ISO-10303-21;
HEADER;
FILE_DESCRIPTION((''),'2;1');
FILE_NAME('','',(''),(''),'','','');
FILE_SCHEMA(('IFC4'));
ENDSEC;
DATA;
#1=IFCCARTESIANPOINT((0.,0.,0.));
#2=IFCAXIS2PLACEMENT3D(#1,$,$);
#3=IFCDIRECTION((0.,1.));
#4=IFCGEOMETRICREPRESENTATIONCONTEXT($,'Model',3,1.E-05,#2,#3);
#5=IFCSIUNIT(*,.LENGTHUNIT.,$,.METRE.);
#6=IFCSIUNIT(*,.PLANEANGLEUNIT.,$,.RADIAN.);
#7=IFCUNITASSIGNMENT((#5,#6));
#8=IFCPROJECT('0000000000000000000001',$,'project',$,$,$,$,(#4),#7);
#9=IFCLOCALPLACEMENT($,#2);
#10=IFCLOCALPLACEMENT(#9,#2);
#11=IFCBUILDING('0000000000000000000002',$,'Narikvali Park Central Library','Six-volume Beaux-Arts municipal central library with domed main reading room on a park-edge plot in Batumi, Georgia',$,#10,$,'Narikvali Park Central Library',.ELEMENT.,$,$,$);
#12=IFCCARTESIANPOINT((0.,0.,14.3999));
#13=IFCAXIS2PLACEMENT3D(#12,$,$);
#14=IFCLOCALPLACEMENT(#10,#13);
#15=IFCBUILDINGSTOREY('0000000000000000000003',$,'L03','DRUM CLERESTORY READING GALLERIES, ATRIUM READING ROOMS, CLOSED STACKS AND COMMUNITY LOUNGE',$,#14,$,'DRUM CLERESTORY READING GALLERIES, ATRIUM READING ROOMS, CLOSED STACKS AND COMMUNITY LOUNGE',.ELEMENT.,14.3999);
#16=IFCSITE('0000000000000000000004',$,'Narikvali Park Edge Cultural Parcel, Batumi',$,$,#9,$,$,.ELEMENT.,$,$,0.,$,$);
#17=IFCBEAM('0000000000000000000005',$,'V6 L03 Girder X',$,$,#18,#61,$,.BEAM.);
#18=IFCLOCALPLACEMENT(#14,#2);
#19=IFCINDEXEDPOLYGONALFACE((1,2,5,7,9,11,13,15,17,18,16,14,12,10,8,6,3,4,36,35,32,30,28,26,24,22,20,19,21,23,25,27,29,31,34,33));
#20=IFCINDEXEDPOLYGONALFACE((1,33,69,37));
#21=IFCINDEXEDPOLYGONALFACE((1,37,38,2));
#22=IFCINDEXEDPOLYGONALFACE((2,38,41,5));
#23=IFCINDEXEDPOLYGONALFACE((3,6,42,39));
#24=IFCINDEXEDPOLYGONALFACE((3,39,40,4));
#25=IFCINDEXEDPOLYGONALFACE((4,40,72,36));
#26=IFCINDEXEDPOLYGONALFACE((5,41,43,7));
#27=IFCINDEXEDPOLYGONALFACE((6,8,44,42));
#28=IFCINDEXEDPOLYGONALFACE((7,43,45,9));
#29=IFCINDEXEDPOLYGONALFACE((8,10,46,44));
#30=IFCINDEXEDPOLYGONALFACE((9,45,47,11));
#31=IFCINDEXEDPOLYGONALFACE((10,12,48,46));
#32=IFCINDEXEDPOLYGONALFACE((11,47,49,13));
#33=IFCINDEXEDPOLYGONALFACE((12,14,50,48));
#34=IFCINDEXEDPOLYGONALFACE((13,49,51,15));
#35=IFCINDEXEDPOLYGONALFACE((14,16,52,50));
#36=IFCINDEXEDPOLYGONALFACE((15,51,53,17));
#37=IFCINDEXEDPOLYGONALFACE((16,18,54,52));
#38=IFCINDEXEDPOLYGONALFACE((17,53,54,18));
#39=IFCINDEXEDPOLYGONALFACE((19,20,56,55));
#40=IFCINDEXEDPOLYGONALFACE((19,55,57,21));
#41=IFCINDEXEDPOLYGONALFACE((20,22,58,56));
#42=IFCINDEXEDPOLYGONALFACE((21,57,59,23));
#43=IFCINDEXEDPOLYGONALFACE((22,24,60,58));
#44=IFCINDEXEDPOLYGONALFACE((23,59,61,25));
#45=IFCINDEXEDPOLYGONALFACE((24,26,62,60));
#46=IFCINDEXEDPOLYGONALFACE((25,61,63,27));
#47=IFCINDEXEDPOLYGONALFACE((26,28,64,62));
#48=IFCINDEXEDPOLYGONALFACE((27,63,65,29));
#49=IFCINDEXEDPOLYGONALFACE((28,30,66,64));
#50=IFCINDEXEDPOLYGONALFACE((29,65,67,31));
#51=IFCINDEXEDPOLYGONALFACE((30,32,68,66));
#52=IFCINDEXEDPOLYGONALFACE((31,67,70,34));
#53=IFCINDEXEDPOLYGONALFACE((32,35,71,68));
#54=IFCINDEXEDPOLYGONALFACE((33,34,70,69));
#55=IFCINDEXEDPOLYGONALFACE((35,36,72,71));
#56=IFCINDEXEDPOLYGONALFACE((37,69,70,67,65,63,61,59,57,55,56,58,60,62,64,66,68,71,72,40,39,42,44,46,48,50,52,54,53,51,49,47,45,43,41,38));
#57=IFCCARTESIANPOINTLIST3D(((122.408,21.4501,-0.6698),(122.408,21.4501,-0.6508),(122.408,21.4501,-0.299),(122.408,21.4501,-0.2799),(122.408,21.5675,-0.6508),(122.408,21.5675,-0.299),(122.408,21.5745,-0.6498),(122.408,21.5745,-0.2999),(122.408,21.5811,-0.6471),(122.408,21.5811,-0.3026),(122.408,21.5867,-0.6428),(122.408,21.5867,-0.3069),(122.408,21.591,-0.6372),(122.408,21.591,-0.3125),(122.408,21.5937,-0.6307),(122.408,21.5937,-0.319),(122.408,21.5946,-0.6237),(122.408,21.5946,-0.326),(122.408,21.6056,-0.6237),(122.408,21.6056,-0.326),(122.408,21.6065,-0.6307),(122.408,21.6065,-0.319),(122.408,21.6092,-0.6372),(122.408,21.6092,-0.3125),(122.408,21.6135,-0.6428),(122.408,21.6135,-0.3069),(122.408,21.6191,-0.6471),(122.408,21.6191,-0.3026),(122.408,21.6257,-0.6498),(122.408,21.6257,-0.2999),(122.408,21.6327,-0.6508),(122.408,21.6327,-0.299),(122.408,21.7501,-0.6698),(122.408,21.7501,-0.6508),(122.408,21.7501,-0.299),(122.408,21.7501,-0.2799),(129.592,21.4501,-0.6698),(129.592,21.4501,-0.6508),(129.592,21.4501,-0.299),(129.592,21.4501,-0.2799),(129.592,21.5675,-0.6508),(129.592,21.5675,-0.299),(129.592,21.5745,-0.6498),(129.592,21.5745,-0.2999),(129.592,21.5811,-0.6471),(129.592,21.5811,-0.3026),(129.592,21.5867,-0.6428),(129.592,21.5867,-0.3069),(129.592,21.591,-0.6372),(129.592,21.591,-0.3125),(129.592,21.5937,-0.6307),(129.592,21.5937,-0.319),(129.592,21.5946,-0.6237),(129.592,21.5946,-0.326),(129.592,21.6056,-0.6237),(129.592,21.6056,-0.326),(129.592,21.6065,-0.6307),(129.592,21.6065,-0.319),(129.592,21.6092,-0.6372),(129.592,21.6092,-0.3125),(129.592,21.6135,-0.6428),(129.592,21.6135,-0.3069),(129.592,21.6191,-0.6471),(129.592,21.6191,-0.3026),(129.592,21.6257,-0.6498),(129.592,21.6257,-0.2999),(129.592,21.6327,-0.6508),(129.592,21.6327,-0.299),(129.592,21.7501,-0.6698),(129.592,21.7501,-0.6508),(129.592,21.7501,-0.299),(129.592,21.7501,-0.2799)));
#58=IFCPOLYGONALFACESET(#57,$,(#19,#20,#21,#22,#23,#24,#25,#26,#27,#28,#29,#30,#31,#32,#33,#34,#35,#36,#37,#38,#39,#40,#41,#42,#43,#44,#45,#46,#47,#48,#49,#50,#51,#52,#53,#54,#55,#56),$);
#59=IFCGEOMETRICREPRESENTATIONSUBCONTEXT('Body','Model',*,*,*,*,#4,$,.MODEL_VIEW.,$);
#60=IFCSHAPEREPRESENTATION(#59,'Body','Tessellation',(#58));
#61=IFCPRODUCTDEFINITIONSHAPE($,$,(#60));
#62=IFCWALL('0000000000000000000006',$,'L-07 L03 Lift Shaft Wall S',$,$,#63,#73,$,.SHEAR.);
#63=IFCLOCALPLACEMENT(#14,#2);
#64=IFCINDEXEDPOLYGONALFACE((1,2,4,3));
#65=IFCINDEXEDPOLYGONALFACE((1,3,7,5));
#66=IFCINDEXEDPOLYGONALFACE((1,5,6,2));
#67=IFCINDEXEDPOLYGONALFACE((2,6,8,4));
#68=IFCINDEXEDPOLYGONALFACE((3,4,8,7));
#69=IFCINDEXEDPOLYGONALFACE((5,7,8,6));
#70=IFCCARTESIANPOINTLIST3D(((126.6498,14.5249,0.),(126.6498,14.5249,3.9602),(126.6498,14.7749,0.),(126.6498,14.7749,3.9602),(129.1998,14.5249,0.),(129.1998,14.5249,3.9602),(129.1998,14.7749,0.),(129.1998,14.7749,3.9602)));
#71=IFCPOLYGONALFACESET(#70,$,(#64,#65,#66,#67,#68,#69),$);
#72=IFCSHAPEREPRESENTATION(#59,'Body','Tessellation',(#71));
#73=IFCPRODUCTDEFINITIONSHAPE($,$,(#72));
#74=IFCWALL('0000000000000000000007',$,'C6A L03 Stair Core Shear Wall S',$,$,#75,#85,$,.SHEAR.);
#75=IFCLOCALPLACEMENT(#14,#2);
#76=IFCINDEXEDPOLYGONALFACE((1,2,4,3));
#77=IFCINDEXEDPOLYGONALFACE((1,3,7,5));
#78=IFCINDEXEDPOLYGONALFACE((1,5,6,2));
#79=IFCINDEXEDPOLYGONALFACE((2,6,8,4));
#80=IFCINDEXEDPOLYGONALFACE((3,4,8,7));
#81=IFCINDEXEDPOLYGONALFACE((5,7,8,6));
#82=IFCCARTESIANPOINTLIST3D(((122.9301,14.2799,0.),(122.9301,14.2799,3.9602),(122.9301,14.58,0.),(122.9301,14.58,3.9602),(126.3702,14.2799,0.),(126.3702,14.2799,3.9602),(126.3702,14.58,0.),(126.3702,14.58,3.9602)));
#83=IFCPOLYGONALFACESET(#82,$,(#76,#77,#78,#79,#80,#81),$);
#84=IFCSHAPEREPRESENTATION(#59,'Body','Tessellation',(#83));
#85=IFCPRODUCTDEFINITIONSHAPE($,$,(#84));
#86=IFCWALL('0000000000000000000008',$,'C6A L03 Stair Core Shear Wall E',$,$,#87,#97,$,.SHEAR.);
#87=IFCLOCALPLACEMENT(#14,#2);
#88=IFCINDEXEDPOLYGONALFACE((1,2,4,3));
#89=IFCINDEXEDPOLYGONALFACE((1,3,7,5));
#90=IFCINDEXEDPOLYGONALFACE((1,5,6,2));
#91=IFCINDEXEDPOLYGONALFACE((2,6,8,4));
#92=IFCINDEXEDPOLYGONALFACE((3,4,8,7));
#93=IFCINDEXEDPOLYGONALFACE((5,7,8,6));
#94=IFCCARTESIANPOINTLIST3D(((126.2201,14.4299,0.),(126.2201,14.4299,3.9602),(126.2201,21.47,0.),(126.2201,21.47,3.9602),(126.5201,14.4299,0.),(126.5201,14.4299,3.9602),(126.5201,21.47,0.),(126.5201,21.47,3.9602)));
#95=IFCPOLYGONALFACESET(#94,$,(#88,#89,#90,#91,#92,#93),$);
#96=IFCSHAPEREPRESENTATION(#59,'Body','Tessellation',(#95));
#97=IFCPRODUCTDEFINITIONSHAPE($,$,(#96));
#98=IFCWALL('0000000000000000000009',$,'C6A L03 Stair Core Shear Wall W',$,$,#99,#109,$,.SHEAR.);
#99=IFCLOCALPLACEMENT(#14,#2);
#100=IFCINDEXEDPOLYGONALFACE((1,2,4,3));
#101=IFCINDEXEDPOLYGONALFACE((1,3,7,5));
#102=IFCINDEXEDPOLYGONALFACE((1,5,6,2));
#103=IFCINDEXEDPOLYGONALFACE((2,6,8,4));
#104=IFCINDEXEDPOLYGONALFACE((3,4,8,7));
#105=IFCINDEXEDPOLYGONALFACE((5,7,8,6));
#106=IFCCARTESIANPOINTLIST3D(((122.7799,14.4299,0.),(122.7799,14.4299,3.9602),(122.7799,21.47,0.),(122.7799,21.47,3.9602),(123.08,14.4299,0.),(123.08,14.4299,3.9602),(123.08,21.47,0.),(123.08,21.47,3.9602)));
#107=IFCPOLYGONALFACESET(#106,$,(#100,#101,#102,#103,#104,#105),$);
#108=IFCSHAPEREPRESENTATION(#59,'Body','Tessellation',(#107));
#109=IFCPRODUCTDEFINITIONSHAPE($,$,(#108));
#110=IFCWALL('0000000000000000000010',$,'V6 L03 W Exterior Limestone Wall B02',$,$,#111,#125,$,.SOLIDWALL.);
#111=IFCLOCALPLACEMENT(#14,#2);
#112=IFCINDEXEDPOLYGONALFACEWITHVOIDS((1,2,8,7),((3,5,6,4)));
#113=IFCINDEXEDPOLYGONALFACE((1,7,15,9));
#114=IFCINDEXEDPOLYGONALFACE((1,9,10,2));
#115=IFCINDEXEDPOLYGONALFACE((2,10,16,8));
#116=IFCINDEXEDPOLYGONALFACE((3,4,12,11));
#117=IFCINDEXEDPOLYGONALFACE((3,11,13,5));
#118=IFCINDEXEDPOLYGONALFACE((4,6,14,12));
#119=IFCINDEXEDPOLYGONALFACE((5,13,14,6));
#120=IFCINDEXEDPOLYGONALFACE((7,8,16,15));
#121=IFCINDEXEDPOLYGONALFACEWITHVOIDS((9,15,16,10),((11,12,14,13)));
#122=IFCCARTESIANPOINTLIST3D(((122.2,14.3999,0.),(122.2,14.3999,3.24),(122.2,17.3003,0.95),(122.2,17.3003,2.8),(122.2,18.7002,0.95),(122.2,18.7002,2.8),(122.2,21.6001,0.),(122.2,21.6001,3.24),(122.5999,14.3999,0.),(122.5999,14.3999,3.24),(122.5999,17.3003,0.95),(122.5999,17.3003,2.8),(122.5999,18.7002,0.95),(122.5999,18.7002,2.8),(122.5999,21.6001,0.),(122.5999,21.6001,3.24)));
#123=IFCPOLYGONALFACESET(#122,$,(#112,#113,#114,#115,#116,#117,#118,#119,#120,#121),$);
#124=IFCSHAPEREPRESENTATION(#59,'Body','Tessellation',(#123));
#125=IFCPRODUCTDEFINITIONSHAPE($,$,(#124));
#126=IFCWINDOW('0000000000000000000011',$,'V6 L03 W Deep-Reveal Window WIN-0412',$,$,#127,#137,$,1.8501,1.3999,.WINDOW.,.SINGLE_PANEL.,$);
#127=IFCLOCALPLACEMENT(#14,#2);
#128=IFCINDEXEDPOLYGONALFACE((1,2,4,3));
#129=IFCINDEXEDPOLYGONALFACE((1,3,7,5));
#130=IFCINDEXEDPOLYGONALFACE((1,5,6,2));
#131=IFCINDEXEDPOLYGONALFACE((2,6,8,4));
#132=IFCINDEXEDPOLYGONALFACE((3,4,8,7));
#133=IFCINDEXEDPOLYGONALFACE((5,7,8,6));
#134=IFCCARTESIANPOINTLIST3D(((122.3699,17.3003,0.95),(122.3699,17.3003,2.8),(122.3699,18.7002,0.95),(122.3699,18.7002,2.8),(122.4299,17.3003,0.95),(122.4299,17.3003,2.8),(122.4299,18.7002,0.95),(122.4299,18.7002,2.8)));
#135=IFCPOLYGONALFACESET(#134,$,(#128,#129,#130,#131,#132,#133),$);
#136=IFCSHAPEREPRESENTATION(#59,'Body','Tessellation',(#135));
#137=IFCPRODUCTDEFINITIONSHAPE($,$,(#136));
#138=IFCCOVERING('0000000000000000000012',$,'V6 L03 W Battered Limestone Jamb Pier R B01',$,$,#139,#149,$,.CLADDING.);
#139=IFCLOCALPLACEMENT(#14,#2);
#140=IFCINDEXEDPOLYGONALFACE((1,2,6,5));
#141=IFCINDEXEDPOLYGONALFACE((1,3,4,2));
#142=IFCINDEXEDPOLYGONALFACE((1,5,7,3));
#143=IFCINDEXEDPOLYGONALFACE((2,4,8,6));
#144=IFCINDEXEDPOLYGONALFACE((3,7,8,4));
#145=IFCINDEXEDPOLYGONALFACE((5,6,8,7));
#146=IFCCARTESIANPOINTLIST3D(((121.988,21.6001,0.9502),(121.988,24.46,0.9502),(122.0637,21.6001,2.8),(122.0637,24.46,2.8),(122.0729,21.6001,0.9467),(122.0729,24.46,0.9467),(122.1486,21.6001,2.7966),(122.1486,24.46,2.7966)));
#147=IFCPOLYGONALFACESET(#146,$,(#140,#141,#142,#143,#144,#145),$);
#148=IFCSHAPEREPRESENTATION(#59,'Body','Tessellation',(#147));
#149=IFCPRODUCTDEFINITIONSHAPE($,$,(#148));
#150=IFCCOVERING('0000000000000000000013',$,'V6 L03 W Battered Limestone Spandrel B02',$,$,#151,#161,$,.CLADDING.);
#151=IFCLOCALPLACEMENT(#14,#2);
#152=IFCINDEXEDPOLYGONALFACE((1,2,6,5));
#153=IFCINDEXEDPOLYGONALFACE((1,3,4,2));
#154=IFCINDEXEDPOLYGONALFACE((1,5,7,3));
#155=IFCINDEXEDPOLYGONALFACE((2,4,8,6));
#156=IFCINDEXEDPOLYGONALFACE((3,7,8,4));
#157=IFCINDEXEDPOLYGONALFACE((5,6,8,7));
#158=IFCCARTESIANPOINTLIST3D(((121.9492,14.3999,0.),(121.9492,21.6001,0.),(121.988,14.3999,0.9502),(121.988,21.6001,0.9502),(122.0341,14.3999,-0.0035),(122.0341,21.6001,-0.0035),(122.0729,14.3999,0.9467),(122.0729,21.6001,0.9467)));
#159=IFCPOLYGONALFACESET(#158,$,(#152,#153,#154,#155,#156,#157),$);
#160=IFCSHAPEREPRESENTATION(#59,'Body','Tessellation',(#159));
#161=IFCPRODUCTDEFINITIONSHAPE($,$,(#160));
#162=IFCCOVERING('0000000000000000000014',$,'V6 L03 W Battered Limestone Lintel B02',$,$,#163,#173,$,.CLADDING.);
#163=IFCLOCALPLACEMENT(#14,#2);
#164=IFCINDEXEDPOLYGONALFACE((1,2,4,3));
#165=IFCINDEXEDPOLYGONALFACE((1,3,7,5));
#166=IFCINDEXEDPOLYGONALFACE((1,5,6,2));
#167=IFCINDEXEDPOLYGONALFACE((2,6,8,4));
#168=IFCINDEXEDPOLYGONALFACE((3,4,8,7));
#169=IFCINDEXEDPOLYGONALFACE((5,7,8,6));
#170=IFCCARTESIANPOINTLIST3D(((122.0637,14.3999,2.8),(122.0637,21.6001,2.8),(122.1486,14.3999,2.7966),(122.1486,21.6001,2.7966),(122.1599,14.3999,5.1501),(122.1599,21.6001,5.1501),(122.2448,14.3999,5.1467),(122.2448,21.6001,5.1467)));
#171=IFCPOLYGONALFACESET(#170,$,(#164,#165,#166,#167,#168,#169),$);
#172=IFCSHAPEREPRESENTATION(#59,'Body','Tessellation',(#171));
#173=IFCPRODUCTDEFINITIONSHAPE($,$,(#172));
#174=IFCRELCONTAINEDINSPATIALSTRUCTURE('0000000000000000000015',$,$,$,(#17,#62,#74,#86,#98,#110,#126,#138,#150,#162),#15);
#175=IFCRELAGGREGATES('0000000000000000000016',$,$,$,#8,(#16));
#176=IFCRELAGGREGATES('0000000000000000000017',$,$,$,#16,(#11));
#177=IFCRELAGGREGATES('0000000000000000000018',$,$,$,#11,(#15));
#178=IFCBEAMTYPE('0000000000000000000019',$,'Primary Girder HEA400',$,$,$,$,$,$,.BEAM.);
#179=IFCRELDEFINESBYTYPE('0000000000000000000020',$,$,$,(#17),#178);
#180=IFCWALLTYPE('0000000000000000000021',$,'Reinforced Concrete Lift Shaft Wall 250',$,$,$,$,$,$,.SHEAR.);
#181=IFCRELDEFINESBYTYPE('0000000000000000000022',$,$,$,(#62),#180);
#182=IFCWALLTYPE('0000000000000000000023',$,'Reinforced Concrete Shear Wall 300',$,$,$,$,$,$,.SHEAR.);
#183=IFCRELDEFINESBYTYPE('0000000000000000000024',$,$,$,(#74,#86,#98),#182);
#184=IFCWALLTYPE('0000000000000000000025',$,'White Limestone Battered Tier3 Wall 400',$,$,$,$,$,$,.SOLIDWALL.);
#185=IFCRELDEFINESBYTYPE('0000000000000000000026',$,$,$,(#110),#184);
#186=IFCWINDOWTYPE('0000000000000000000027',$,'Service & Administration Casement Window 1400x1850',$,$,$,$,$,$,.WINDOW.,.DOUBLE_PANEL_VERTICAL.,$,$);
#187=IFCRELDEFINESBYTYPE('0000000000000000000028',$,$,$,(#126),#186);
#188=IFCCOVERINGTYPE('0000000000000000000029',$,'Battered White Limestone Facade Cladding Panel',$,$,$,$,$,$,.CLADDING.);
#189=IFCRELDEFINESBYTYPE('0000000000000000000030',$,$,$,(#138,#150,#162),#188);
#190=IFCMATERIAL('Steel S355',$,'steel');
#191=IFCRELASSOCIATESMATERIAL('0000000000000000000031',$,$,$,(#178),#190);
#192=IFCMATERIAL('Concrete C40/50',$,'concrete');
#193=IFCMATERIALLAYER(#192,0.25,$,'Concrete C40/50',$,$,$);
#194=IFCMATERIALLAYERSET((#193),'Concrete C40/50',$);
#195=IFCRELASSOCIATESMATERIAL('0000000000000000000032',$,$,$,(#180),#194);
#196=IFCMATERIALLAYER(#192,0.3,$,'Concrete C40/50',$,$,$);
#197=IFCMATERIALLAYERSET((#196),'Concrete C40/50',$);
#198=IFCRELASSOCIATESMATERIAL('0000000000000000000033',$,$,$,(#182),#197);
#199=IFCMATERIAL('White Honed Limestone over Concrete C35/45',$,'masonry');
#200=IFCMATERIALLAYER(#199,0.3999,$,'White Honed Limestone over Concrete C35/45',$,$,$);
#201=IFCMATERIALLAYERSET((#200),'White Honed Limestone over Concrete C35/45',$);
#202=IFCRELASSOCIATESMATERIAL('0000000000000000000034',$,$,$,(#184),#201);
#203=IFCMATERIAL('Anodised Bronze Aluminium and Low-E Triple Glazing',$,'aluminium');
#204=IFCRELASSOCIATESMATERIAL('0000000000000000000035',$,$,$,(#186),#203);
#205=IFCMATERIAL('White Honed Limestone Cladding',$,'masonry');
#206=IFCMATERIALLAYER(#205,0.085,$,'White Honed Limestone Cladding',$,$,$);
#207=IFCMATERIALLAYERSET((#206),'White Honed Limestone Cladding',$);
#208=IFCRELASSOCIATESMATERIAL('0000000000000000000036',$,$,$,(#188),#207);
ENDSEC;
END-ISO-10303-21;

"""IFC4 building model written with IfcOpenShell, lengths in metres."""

from ifc_helpers import new_model, si_unit, direction, frame, frame_2d, origin, origin_2d, place, context, subcontext, project, spatial, polyline, rectangle, i_section, outline, extrude, material, layer, layer_set, material_profile, profile_set, type_object, element, fill, save


model = new_model("IFC4")

# Units and contexts
model_context = context("Model", 3, precision=1e-05, world=origin(), true_north=direction((0.0, 1.0)))
body_context = subcontext(model_context, "Body", "Model", "MODEL_VIEW")
ifc_project = project(units=[si_unit("LENGTHUNIT", "METRE"), si_unit("PLANEANGLEUNIT", "RADIAN")], contexts=[model_context])

# Site, building, storey
site_placement = place(None, origin())
site = spatial("IfcSite", under=ifc_project, at=site_placement, Name="Narikvali Park Edge Cultural Parcel, Batumi", CompositionType="ELEMENT", RefElevation=0.0)
building_placement = place(site_placement, origin())
building = spatial("IfcBuilding", under=site, at=building_placement, Name="Narikvali Park Central Library", Description="Six-volume Beaux-Arts municipal central library with domed main reading room on a park-edge plot in Batumi, Georgia", LongName="Narikvali Park Central Library", CompositionType="ELEMENT")
storey_placement = place(building_placement, frame((0.0, 0.0, 14.3999)))
storey = spatial("IfcBuildingStorey", under=building, at=storey_placement, Name="L03", Description="DRUM CLERESTORY READING GALLERIES, ATRIUM READING ROOMS, CLOSED STACKS AND COMMUNITY LOUNGE", LongName="DRUM CLERESTORY READING GALLERIES, ATRIUM READING ROOMS, CLOSED STACKS AND COMMUNITY LOUNGE", CompositionType="ELEMENT", Elevation=14.3999)

# Shared definitions
ifc_material_1 = material(Name="Steel S355", Category="steel")

# Beam
ifc_material_profile_1 = material_profile(ifc_material_1, i_section(OverallWidth=0.3, OverallDepth=0.3899, WebThickness=0.011, FlangeThickness=0.019, FilletRadius=0.0271, at=origin_2d()), Name="HEA 400")
ifc_profile_set_1 = profile_set([ifc_material_profile_1], Name="Steel S355")
beam_type_1 = type_object("IfcBeamType", Name="Primary Girder HEA400", PredefinedType="BEAM", material=ifc_profile_set_1)
beam_1_placement = place(storey_placement, frame((122.408, 21.6001, -0.4749), z_axis=(1.0, 0.0, 0.0), x_axis=(0.0, 1.0, 0.0)))
element("IfcBeam", 1, at=beam_1_placement, inside=storey, type_object=beam_type_1, Name="V6 L03 Girder X", PredefinedType="BEAM", context=body_context, shape_type="SweptSolid", body=[
    extrude(i_section(OverallWidth=0.3, OverallDepth=0.3899, WebThickness=0.011, FlangeThickness=0.019, FilletRadius=0.0271, at=origin_2d()), origin(), (0.0, 0.0, 1.0), 7.1841),
])

# Walls
ifc_material_2 = material(Name="Concrete C40/50", Category="concrete")
ifc_layer_1 = layer(ifc_material_2, 0.25, Name="Concrete C40/50")
ifc_layer_set_1 = layer_set([ifc_layer_1], Name="Concrete C40/50")
wall_type_1 = type_object("IfcWallType", Name="Reinforced Concrete Lift Shaft Wall 250", PredefinedType="SHEAR", material=ifc_layer_set_1)
wall_1_placement = place(storey_placement, frame((126.6499, 14.6499, 0.0), z_axis=(0.0, 0.0, 1.0), x_axis=(1.0, 0.0, 0.0)))
element("IfcWall", 2, at=wall_1_placement, inside=storey, type_object=wall_type_1, Name="L-07 L03 Lift Shaft Wall S", PredefinedType="SHEAR", context=body_context, shape_type="SweptSolid", body=[
    extrude(rectangle(XDim=2.55, YDim=0.25, at=frame_2d((1.2749, 0.0))), origin(), (0.0, 0.0, 1.0), 3.9602),
])
ifc_layer_2 = layer(ifc_material_2, 0.3, Name="Concrete C40/50")
ifc_layer_set_2 = layer_set([ifc_layer_2], Name="Concrete C40/50")
wall_type_2 = type_object("IfcWallType", Name="Reinforced Concrete Shear Wall 300", PredefinedType="SHEAR", material=ifc_layer_set_2)
wall_2_placement = place(storey_placement, frame((122.9299, 14.4299, 0.0), z_axis=(0.0, 0.0, 1.0), x_axis=(1.0, 0.0, 0.0)))
element("IfcWall", 3, at=wall_2_placement, inside=storey, type_object=wall_type_2, Name="C6A L03 Stair Core Shear Wall S", PredefinedType="SHEAR", context=body_context, shape_type="SweptSolid", body=[
    extrude(rectangle(XDim=3.4402, YDim=0.3, at=frame_2d((1.7202, 0.0))), origin(), (0.0, 0.0, 1.0), 3.9602),
])
wall_3_placement = place(storey_placement, frame((126.3701, 14.4299, 0.0), z_axis=(0.0, 0.0, 1.0), x_axis=(0.0, 1.0, 0.0)))
element("IfcWall", 4, at=wall_3_placement, inside=storey, type_object=wall_type_2, Name="C6A L03 Stair Core Shear Wall E", PredefinedType="SHEAR", context=body_context, shape_type="SweptSolid", body=[
    extrude(rectangle(XDim=7.04, YDim=0.3, at=frame_2d((3.52, 0.0))), origin(), (0.0, 0.0, 1.0), 3.9602),
])

# Wall
wall_4_placement = place(storey_placement, frame((122.9299, 21.47, 0.0), z_axis=(0.0, 0.0, 1.0), x_axis=(0.0, -1.0, 0.0)))
element("IfcWall", 5, at=wall_4_placement, inside=storey, type_object=wall_type_2, Name="C6A L03 Stair Core Shear Wall W", PredefinedType="SHEAR", context=body_context, shape_type="SweptSolid", body=[
    extrude(rectangle(XDim=7.04, YDim=0.3, at=frame_2d((3.52, 0.0))), origin(), (0.0, 0.0, 1.0), 3.9602),
])

# Wall, opening, window
ifc_material_3 = material(Name="White Honed Limestone over Concrete C35/45", Category="masonry")
ifc_layer_3 = layer(ifc_material_3, 0.3999, Name="White Honed Limestone over Concrete C35/45")
ifc_layer_set_3 = layer_set([ifc_layer_3], Name="White Honed Limestone over Concrete C35/45")
wall_type_3 = type_object("IfcWallType", Name="White Limestone Battered Tier3 Wall 400", PredefinedType="SOLIDWALL", material=ifc_layer_set_3)
wall_5_placement = place(storey_placement, frame((122.3999, 21.6001, 0.0), z_axis=(0.0, 0.0, 1.0), x_axis=(0.0, -1.0, 0.0)))
wall_5 = element("IfcWall", 6, at=wall_5_placement, inside=storey, type_object=wall_type_3, Name="V6 L03 W Exterior Limestone Wall B02", PredefinedType="SOLIDWALL", context=body_context, shape_type="SweptSolid", body=[
    extrude(rectangle(XDim=7.2002, YDim=0.3999, at=frame_2d((3.6001, 0.0))), origin(), (0.0, 0.0, 1.0), 3.24),
])
opening_1_placement = place(wall_5_placement, frame((2.8999, 0.0, 0.95)))
opening_1 = element("IfcOpeningElement", 7, at=opening_1_placement, cuts=wall_5, PredefinedType="OPENING", context=body_context, shape_type="SweptSolid", body=[
    extrude(rectangle(XDim=1.3999, YDim=1.8501, at=frame_2d((0.7, 0.925))), frame((0.0, 0.2119, 0.0), z_axis=(0.0, -1.0, 0.0), x_axis=(1.0, 0.0, 0.0)), (0.0, 0.0, 1.0), 0.4238),
])
ifc_material_4 = material(Name="Anodised Bronze Aluminium and Low-E Triple Glazing", Category="aluminium")
window_type = type_object("IfcWindowType", Name="Service & Administration Casement Window 1400x1850", PartitioningType="DOUBLE_PANEL_VERTICAL", PredefinedType="WINDOW", material=ifc_material_4)
window_placement = place(opening_1_placement, origin())
window = element("IfcWindow", 8, at=window_placement, inside=storey, type_object=window_type, Name="V6 L03 W Deep-Reveal Window WIN-0412", OverallHeight=1.8501, OverallWidth=1.3999, PartitioningType="SINGLE_PANEL", PredefinedType="WINDOW", context=body_context, shape_type="SweptSolid", body=[
    extrude(rectangle(XDim=1.3999, YDim=1.8501, at=frame_2d((0.7, 0.925))), frame((0.0, 0.03, 0.0), z_axis=(0.0, -1.0, 0.0), x_axis=(1.0, 0.0, 0.0)), (0.0, 0.0, 1.0), 0.0601),
])
fill(opening_1, window)

# Coverings
ifc_material_5 = material(Name="White Honed Limestone Cladding", Category="masonry")
ifc_layer_4 = layer(ifc_material_5, 0.085, Name="White Honed Limestone Cladding")
ifc_layer_set_4 = layer_set([ifc_layer_4], Name="White Honed Limestone Cladding")
covering_type = type_object("IfcCoveringType", Name="Battered White Limestone Facade Cladding Panel", PredefinedType="CLADDING", material=ifc_layer_set_4)
covering_1_placement = place(storey_placement, frame((121.988, 24.46, 0.9502), z_axis=(-0.999164, 0.0, 0.040879), x_axis=(0.0, -1.0, 0.0)))
element("IfcCovering", 9, at=covering_1_placement, inside=storey, type_object=covering_type, Name="V6 L03 W Battered Limestone Jamb Pier R B01", PredefinedType="CLADDING", context=body_context, shape_type="SweptSolid", body=[
    extrude(outline(polyline([(0.0, 0.0), (2.8599, 0.0), (2.8599, 1.8514), (0.0, 1.8514), (0.0, 0.0)])), origin(), (0.0, 0.0, -1.0), 0.085),
])
covering_2_placement = place(storey_placement, frame((121.9492, 21.6001, 0.0), z_axis=(-0.999167, 0.0, 0.040819), x_axis=(0.0, -1.0, 0.0)))
element("IfcCovering", 10, at=covering_2_placement, inside=storey, type_object=covering_type, Name="V6 L03 W Battered Limestone Spandrel B02", PredefinedType="CLADDING", context=body_context, shape_type="SweptSolid", body=[
    extrude(outline(polyline([(0.0, 0.0), (7.2002, 0.0), (7.2002, 0.951), (0.0, 0.951), (0.0, 0.0)])), origin(), (0.0, 0.0, -1.0), 0.085),
])
covering_3_placement = place(storey_placement, frame((122.0637, 21.6001, 2.8), z_axis=(-0.999163, 0.0, 0.040897), x_axis=(0.0, -1.0, 0.0)))
element("IfcCovering", 11, at=covering_3_placement, inside=storey, type_object=covering_type, Name="V6 L03 W Battered Limestone Lintel B02", PredefinedType="CLADDING", context=body_context, shape_type="SweptSolid", body=[
    extrude(outline(polyline([(0.0, 0.0), (7.2002, 0.0), (7.2002, 2.3521), (0.0, 2.3521), (0.0, 0.0)])), origin(), (0.0, 0.0, -1.0), 0.085),
])

save(model, "model.ifc")
